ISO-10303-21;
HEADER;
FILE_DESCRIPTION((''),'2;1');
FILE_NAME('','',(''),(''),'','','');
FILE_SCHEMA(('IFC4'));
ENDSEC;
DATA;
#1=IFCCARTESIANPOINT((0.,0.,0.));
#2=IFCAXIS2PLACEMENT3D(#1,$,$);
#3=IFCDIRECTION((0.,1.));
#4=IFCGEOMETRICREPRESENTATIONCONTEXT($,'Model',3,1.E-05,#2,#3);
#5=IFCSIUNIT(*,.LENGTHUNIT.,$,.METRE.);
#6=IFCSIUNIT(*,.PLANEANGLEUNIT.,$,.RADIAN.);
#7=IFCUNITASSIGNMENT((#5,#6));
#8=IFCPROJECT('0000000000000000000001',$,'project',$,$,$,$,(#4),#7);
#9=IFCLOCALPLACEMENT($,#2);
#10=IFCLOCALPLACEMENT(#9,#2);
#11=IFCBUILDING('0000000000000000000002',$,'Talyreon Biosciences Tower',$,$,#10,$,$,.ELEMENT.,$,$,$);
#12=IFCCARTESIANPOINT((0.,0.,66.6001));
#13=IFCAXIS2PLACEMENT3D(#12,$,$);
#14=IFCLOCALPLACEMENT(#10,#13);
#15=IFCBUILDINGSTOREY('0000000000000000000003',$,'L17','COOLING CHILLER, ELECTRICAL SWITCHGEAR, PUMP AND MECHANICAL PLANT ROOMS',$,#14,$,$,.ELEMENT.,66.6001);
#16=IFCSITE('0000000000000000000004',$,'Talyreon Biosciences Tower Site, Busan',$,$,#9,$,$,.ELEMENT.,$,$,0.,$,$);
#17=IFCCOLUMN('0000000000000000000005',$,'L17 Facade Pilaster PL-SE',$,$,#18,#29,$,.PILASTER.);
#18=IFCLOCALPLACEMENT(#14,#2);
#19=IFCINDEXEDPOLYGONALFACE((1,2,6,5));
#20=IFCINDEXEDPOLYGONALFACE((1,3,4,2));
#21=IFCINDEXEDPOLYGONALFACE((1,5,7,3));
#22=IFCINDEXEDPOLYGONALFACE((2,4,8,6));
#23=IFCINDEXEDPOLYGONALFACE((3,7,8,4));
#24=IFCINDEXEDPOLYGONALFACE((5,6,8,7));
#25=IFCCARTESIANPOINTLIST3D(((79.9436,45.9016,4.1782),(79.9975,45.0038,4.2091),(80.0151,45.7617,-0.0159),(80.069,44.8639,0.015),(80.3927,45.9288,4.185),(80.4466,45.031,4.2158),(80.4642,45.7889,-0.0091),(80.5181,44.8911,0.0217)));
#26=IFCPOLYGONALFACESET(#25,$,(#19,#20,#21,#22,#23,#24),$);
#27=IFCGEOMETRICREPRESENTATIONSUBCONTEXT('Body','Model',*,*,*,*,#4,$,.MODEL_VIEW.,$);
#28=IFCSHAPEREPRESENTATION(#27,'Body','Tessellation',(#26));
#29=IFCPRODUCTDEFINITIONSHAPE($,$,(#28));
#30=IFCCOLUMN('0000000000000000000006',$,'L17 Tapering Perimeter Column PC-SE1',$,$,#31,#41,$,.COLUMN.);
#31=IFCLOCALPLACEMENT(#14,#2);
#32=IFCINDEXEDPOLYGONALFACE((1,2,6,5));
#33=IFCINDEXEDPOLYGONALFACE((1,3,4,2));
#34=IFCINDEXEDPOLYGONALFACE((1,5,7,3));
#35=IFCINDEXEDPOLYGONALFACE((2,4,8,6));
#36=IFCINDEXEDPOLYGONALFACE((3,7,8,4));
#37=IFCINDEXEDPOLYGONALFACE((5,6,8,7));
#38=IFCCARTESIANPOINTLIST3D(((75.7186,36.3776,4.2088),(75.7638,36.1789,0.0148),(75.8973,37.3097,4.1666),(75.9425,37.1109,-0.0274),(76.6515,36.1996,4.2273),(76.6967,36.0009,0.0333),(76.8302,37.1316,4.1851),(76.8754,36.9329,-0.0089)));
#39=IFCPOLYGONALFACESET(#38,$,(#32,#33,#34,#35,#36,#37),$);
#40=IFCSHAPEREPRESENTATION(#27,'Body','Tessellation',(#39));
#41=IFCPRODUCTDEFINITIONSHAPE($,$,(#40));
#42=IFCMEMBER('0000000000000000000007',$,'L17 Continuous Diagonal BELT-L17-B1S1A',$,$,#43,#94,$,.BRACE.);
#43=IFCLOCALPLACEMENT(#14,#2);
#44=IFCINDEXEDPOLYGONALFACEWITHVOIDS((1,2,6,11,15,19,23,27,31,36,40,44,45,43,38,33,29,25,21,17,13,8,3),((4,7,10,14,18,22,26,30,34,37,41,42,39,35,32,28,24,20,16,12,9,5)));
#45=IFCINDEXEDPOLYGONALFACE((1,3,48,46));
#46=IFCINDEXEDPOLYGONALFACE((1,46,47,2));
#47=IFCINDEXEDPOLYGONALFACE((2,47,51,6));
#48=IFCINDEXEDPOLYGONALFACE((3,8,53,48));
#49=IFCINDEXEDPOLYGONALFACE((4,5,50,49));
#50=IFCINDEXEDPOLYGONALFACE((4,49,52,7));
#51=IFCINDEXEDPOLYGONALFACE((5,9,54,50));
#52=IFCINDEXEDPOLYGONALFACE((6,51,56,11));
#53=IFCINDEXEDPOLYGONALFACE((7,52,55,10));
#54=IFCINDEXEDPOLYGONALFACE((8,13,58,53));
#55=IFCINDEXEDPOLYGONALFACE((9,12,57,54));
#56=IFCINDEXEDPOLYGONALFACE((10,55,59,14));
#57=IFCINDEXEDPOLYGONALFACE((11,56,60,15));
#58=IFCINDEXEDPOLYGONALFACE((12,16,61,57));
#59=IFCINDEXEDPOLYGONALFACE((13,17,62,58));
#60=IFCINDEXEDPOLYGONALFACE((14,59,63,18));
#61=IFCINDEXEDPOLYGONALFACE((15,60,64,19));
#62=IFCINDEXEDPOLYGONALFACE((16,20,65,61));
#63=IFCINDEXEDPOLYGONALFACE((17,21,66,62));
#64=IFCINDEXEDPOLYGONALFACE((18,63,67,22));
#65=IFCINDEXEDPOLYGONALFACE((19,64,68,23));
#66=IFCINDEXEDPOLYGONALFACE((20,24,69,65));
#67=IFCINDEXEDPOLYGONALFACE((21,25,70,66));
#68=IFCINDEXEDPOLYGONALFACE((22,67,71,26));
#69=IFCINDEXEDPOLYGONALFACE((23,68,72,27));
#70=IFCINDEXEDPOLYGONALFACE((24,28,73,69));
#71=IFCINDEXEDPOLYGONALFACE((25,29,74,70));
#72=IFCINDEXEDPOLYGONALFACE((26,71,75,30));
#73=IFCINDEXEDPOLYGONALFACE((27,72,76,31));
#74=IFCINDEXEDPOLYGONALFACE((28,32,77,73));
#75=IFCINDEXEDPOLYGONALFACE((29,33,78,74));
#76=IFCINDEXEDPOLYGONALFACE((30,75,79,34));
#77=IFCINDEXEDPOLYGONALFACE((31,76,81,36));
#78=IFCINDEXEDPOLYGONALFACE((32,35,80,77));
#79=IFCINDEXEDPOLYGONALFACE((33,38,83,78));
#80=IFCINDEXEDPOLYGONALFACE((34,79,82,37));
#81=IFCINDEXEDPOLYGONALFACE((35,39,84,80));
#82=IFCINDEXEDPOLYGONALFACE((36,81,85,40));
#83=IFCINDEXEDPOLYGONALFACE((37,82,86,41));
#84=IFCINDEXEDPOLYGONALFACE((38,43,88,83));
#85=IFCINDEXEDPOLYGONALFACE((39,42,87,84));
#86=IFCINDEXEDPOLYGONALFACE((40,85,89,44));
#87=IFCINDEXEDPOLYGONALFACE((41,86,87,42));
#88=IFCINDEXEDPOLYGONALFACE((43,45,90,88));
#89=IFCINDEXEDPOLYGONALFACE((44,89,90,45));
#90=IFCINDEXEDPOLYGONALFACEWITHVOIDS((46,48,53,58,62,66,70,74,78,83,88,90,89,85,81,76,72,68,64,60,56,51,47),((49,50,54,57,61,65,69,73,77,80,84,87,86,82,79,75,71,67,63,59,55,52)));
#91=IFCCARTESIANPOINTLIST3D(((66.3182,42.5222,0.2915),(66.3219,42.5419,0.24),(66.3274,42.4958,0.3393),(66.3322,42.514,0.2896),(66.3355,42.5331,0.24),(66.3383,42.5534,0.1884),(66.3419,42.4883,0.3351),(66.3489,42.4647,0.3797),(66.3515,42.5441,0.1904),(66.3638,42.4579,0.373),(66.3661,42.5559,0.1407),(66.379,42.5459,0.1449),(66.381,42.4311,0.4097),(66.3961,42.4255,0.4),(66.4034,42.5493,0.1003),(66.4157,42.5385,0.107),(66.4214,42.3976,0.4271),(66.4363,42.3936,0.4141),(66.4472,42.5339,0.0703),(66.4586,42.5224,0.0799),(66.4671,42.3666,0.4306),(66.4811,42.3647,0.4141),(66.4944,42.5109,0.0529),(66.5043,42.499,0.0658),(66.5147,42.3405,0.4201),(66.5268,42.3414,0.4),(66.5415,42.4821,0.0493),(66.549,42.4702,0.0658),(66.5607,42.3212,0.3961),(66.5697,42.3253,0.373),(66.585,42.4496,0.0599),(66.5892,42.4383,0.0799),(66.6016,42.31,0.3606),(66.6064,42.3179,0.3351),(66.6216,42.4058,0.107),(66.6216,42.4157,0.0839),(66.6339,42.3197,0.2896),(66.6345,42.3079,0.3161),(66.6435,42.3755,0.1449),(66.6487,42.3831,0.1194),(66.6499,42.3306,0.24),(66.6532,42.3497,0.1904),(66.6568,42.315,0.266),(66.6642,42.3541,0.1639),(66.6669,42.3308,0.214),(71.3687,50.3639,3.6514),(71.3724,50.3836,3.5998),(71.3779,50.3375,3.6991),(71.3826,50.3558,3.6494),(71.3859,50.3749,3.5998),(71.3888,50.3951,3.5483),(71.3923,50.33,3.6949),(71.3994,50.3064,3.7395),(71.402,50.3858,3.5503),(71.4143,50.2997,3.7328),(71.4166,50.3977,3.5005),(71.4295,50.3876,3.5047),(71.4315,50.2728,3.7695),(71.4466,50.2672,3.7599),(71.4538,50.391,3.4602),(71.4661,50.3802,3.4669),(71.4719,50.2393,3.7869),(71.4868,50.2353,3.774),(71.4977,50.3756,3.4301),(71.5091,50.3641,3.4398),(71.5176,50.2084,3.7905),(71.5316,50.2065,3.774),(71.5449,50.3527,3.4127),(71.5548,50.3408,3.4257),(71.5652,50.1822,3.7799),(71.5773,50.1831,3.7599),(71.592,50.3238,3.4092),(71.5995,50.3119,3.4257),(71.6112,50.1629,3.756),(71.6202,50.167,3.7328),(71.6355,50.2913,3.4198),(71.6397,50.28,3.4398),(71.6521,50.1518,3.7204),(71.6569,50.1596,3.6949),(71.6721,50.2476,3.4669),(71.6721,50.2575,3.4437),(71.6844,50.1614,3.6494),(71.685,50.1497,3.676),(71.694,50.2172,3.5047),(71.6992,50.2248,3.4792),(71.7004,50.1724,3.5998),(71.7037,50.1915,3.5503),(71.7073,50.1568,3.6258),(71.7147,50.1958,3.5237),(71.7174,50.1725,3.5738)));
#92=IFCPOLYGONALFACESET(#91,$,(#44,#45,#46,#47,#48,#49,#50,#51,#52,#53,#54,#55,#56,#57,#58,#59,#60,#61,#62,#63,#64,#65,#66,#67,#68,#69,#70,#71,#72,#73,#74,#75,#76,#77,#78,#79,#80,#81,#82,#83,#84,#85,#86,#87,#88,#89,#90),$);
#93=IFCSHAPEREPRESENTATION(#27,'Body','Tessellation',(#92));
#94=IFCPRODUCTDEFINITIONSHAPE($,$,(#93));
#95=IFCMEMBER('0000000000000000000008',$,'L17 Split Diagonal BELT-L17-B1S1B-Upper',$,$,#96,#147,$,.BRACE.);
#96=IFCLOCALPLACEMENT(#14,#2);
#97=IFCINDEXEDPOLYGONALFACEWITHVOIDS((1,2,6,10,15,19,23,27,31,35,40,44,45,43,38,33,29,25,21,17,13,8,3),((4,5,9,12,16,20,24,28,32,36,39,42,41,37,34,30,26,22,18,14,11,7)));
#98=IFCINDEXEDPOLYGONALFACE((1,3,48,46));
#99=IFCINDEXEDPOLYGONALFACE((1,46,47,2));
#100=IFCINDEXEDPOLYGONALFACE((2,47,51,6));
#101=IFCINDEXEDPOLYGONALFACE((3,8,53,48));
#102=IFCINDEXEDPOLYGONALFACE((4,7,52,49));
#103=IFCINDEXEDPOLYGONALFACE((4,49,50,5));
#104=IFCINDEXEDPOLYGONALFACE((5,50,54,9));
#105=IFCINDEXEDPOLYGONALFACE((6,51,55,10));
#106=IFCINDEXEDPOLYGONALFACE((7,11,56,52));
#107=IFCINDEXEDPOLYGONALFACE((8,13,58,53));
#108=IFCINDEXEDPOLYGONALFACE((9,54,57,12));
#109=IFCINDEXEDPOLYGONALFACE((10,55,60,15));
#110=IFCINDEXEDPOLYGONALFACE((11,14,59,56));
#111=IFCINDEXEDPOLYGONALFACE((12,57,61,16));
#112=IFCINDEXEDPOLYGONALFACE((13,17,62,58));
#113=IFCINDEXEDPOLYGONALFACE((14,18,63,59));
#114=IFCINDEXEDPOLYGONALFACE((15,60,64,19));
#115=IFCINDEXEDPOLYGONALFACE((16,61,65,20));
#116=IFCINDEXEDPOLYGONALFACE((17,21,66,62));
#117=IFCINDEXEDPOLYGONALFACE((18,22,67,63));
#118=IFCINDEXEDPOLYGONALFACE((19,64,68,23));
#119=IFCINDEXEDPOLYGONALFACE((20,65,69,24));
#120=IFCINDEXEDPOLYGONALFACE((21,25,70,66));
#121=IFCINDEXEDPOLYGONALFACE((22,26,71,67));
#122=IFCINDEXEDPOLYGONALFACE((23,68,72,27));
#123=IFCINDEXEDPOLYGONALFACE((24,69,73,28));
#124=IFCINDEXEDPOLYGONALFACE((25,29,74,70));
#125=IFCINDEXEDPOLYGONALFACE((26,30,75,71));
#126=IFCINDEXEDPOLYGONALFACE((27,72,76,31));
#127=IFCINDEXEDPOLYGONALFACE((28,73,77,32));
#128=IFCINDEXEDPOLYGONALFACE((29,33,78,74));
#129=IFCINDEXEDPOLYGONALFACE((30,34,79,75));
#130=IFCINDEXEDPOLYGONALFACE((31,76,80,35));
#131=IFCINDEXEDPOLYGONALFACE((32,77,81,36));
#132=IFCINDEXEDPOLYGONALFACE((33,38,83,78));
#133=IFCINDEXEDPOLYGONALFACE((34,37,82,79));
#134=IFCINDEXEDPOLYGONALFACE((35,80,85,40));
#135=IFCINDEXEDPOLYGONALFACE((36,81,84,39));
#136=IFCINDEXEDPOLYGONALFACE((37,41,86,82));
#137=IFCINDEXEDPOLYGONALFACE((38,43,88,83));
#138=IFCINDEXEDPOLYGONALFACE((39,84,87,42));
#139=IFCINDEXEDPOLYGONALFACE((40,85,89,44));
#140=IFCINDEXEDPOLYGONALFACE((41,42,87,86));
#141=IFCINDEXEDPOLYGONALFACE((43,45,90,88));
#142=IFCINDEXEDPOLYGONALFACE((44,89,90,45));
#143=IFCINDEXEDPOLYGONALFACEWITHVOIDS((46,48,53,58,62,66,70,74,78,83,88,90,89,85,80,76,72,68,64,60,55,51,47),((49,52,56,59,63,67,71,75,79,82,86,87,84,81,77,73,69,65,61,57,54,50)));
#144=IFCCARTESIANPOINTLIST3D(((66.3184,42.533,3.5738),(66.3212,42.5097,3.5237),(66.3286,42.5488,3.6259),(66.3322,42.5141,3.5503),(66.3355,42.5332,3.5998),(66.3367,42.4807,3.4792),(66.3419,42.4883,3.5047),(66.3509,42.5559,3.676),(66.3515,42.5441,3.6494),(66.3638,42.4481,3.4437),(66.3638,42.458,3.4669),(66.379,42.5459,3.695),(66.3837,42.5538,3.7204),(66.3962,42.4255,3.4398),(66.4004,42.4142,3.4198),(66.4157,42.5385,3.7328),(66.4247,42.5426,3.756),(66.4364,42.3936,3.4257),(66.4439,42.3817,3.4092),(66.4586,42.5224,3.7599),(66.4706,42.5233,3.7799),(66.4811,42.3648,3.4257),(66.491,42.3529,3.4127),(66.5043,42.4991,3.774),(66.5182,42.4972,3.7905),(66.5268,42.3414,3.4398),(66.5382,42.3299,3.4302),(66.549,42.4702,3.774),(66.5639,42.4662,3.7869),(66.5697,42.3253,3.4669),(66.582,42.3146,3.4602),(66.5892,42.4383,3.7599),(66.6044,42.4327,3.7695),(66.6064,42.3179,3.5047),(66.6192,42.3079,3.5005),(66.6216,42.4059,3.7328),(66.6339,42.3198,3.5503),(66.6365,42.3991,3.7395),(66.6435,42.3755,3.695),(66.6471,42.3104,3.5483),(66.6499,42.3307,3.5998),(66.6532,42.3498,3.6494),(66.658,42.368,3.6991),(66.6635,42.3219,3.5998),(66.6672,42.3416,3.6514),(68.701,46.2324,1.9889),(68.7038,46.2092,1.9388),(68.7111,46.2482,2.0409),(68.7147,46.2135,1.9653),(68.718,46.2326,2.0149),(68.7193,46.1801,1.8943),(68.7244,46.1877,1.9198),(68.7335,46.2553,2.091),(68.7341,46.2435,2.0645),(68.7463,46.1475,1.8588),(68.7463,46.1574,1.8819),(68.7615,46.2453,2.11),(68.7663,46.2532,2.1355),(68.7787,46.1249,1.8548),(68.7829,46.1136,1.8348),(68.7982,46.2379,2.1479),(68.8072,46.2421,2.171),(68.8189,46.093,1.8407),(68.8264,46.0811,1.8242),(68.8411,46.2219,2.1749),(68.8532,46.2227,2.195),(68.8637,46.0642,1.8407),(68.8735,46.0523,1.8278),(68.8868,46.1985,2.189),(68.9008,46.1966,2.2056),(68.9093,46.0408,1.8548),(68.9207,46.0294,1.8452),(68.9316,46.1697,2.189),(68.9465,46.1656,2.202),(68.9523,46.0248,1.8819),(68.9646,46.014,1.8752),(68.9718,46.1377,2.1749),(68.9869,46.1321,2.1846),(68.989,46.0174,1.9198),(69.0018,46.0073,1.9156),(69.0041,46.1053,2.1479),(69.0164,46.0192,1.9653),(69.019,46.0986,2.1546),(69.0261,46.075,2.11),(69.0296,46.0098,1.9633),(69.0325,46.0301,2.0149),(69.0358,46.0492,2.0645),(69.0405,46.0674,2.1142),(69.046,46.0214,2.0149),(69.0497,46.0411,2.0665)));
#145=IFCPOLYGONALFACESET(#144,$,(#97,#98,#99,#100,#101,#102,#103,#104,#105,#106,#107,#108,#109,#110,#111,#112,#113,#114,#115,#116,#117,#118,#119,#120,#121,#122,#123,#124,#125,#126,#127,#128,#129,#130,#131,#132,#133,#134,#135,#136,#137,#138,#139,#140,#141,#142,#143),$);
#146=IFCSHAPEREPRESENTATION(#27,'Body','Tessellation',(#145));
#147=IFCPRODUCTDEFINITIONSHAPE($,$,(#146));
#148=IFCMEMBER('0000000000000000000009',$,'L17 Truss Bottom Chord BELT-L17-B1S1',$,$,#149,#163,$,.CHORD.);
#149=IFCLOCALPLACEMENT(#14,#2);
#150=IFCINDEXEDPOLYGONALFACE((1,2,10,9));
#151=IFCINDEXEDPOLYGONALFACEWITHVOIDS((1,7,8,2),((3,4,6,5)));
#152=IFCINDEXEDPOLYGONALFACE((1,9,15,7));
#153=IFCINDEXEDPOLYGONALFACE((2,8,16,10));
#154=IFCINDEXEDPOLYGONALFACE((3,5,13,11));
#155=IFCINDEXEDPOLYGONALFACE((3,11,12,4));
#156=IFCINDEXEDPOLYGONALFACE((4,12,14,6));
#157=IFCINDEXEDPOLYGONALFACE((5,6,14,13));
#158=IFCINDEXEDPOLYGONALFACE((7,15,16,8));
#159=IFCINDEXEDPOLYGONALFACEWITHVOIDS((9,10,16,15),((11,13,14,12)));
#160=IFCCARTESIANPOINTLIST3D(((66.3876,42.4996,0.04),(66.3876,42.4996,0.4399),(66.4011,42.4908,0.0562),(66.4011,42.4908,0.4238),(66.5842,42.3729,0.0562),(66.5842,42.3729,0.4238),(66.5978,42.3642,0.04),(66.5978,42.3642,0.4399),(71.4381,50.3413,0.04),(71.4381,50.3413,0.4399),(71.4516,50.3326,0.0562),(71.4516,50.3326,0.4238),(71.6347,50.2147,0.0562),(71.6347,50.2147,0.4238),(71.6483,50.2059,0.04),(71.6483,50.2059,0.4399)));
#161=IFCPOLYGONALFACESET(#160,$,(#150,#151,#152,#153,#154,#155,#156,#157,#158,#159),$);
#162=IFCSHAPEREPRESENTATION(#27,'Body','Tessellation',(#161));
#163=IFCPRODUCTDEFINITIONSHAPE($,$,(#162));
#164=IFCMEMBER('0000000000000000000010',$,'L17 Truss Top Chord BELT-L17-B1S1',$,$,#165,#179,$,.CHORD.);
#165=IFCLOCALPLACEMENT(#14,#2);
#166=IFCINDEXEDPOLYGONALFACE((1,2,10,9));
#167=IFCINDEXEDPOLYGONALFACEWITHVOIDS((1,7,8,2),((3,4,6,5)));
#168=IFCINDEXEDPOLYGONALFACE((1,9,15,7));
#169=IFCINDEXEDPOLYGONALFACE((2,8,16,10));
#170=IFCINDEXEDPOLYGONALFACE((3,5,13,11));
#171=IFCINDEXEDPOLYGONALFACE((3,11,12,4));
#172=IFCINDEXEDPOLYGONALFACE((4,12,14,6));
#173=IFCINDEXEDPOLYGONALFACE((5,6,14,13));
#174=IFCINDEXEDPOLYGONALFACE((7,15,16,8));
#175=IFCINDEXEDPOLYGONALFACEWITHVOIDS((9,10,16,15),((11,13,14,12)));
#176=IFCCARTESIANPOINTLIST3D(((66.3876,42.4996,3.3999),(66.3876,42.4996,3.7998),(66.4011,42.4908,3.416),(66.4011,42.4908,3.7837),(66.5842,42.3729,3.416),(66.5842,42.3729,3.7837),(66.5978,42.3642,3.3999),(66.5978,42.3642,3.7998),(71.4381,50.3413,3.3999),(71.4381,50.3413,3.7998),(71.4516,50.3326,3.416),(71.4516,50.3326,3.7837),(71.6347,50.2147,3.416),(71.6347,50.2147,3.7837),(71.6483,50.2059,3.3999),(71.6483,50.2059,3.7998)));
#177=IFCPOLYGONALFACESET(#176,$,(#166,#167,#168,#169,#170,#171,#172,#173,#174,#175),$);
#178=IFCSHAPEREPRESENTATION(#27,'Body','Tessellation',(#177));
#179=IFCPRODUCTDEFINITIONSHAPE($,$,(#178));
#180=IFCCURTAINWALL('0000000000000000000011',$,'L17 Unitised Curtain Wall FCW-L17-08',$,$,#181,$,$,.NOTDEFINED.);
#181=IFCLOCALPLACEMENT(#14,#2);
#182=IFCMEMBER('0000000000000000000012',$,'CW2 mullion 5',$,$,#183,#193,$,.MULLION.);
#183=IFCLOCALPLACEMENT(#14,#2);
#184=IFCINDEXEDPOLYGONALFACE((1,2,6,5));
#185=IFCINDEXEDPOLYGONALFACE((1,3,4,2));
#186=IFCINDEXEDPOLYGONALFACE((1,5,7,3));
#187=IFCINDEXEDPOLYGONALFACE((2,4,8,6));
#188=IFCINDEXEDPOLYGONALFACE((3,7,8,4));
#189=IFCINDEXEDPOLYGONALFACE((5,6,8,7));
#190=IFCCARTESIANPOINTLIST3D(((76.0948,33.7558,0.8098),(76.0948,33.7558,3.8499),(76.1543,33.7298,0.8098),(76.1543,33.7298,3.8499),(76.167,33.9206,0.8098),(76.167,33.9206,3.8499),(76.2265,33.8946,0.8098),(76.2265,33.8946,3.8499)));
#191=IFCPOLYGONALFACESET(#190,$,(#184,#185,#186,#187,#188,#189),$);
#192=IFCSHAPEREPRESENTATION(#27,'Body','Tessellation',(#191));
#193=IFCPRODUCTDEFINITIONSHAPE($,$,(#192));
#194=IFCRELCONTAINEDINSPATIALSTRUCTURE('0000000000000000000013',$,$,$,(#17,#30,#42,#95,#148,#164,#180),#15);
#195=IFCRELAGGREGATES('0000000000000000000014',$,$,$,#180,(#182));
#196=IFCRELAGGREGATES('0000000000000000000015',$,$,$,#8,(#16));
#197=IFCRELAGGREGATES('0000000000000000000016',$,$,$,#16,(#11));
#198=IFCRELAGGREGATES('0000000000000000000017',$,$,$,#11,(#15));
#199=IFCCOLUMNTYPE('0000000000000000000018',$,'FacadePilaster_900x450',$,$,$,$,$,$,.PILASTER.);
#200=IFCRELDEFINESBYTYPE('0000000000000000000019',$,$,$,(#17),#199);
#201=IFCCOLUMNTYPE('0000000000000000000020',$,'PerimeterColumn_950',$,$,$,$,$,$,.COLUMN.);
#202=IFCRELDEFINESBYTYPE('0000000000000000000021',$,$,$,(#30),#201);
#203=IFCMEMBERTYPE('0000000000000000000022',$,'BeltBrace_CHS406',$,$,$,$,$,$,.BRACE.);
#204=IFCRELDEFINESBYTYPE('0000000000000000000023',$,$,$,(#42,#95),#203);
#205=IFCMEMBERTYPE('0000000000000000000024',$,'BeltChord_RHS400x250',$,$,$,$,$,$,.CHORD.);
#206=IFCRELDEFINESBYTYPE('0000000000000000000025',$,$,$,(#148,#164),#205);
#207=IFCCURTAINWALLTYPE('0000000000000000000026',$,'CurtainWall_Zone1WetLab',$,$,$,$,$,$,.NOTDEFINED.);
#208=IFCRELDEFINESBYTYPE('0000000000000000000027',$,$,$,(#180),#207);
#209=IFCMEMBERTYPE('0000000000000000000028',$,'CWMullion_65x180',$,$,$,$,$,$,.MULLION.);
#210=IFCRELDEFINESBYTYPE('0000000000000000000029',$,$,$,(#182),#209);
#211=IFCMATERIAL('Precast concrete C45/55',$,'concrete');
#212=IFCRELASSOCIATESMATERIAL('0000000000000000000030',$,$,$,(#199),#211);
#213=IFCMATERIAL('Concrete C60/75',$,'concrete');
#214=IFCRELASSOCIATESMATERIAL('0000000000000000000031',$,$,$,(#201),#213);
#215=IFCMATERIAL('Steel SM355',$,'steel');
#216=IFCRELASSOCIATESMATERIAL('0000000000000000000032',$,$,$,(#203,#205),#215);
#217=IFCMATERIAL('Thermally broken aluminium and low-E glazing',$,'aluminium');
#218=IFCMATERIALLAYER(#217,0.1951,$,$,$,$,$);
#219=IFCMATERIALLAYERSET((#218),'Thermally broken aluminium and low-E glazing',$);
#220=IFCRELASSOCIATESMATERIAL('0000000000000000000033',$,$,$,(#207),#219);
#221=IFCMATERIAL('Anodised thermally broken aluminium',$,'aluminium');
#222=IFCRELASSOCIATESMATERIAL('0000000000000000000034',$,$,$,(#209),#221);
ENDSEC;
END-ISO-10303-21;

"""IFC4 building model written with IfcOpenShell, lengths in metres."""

from ifc_helpers import new_model, si_unit, direction, frame, origin, origin_2d, place, context, subcontext, project, spatial, rectangle, hollow_rectangle, hollow_circle, extrude, material, layer, layer_set, material_profile, profile_set, type_object, element, aggregate, save


model = new_model("IFC4")

# Units and contexts
model_context = context("Model", 3, precision=1e-05, world=origin(), true_north=direction((0.0, 1.0)))
body_context = subcontext(model_context, "Body", "Model", "MODEL_VIEW")
ifc_project = project(units=[si_unit("LENGTHUNIT", "METRE"), si_unit("PLANEANGLEUNIT", "RADIAN")], contexts=[model_context])

# Site, building, storey
site_placement = place(None, origin())
site = spatial("IfcSite", under=ifc_project, at=site_placement, Name="Talyreon Biosciences Tower Site, Busan", CompositionType="ELEMENT", RefElevation=0.0)
building_placement = place(site_placement, origin())
building = spatial("IfcBuilding", under=site, at=building_placement, Name="Talyreon Biosciences Tower", CompositionType="ELEMENT")
storey_placement = place(building_placement, frame((0.0, 0.0, 66.6001)))
storey = spatial("IfcBuildingStorey", under=building, at=storey_placement, Name="L17", Description="COOLING CHILLER, ELECTRICAL SWITCHGEAR, PUMP AND MECHANICAL PLANT ROOMS", CompositionType="ELEMENT", Elevation=66.6001)

# Columns
ifc_material_1 = material(Name="Precast concrete C45/55", Category="concrete")
ifc_material_profile_1 = material_profile(ifc_material_1, rectangle(XDim=0.8999, YDim=0.45, at=origin_2d()), Name="RC 900x450")
ifc_profile_set_1 = profile_set([ifc_material_profile_1], Name="Precast concrete C45/55")
column_type_1 = type_object("IfcColumnType", Name="FacadePilaster_900x450", PredefinedType="PILASTER", material=ifc_profile_set_1)
column_1_placement = place(storey_placement, frame((80.2666, 45.3264, 0.0029), z_axis=(-0.017044, 0.033331, 0.999299), x_axis=(0.059879, -0.997616, 0.034296)))
element("IfcColumn", 1, at=column_1_placement, inside=storey, type_object=column_type_1, Name="L17 Facade Pilaster PL-SE", PredefinedType="PILASTER", context=body_context, shape_type="SweptSolid", body=[
    extrude(rectangle(XDim=0.8999, YDim=0.45, at=origin_2d()), origin(), (0.0, 0.0, 1.0), 4.197),
])
ifc_material_2 = material(Name="Concrete C60/75", Category="concrete")
ifc_material_profile_2 = material_profile(ifc_material_2, rectangle(XDim=0.95, YDim=0.95, at=origin_2d()), Name="RC 950x950")
ifc_profile_set_2 = profile_set([ifc_material_profile_2], Name="Concrete C60/75")
column_type_2 = type_object("IfcColumnType", Name="PerimeterColumn_950", PredefinedType="COLUMN", material=ifc_profile_set_2)
column_2_placement = place(storey_placement, frame((76.3196, 36.5559, 0.0029), z_axis=(-0.010756, 0.047328, 0.998822), x_axis=(-0.188113, -0.98114, 0.044464)))
element("IfcColumn", 2, at=column_2_placement, inside=storey, type_object=column_type_2, Name="L17 Tapering Perimeter Column PC-SE1", PredefinedType="COLUMN", context=body_context, shape_type="SweptSolid", body=[
    extrude(rectangle(XDim=0.95, YDim=0.95, at=origin_2d()), origin(), (0.0, 0.0, 1.0), 4.199),
])

# Members
ifc_material_3 = material(Name="Steel SM355", Category="steel")
ifc_material_profile_3 = material_profile(ifc_material_3, hollow_circle(Radius=0.2031, WallThickness=0.0161, at=origin_2d()), Name="CHS 406.4x16")
ifc_profile_set_3 = profile_set([ifc_material_profile_3], Name="Steel SM355")
member_type_1 = type_object("IfcMemberType", Name="BeltBrace_CHS406", PredefinedType="BRACE", material=ifc_profile_set_3)
member_1_placement = place(storey_placement, frame((66.4927, 42.4319, 0.24), z_axis=(0.509427, 0.79097, 0.338896), x_axis=(-0.840721, 0.541469, 0.0)))
element("IfcMember", 3, at=member_1_placement, inside=storey, type_object=member_type_1, Name="L17 Continuous Diagonal BELT-L17-B1S1A", PredefinedType="BRACE", context=body_context, shape_type="SweptSolid", body=[
    extrude(hollow_circle(Radius=0.2031, WallThickness=0.0161, at=origin_2d()), origin(), (0.0, 0.0, 1.0), 9.9141),
])
member_2_placement = place(storey_placement, frame((68.8752, 46.1313, 2.0149), z_axis=(-0.509417, -0.790983, 0.338881), x_axis=(0.840729, -0.541456, 0.0)))
element("IfcMember", 4, at=member_2_placement, inside=storey, type_object=member_type_1, Name="L17 Split Diagonal BELT-L17-B1S1B-Upper", PredefinedType="BRACE", context=body_context, shape_type="SweptSolid", body=[
    extrude(hollow_circle(Radius=0.2031, WallThickness=0.0161, at=origin_2d()), origin(), (0.0, 0.0, 1.0), 4.677),
])
ifc_material_profile_4 = material_profile(ifc_material_3, hollow_rectangle(XDim=0.25, YDim=0.3999, WallThickness=0.0161, at=origin_2d()), Name="RHS 400x250x16")
ifc_profile_set_4 = profile_set([ifc_material_profile_4], Name="Steel SM355")
member_type_2 = type_object("IfcMemberType", Name="BeltChord_RHS400x250", PredefinedType="CHORD", material=ifc_profile_set_4)
for number, where, z_axis, x_axis, name in (
    (5, (66.4927, 42.4319, 0.24), (0.541469, 0.840721, 0.0), (-0.840721, 0.541469, 0.0), "L17 Truss Bottom Chord BELT-L17-B1S1"),
    (6, (66.4927, 42.4319, 3.5999), (0.541469, 0.840721, 0.0), (-0.840721, 0.541469, 0.0), "L17 Truss Top Chord BELT-L17-B1S1"),
):
    element("IfcMember", number, at=place(storey_placement, frame(where, z_axis=z_axis, x_axis=x_axis)), inside=storey, type_object=member_type_2, Name=name, PredefinedType="CHORD", context=body_context, shape_type="SweptSolid", body=[
        extrude(hollow_rectangle(XDim=0.25, YDim=0.3999, WallThickness=0.0161, at=origin_2d()), origin(), (0.0, 0.0, 1.0), 9.3274),
    ])

# Curtain wall, member
ifc_material_4 = material(Name="Thermally broken aluminium and low-E glazing", Category="aluminium")
ifc_layer_1 = layer(ifc_material_4, 0.1951)
ifc_layer_set_1 = layer_set([ifc_layer_1], Name="Thermally broken aluminium and low-E glazing")
curtain_wall_type = type_object("IfcCurtainWallType", Name="CurtainWall_Zone1WetLab", PredefinedType="NOTDEFINED", material=ifc_layer_set_1)
curtain_wall_placement = place(storey_placement, origin())
curtain_wall = element("IfcCurtainWall", 7, at=curtain_wall_placement, inside=storey, type_object=curtain_wall_type, Name="L17 Unitised Curtain Wall FCW-L17-08", PredefinedType="NOTDEFINED")
ifc_material_5 = material(Name="Anodised thermally broken aluminium", Category="aluminium")
ifc_material_profile_5 = material_profile(ifc_material_5, rectangle(XDim=0.0649, YDim=0.1799, at=origin_2d()), Name="ALUM MULLION 65x180")
ifc_profile_set_5 = profile_set([ifc_material_profile_5], Name="Anodised thermally broken aluminium")
member_type_3 = type_object("IfcMemberType", Name="CWMullion_65x180", PredefinedType="MULLION", material=ifc_profile_set_5)
member_3_placement = place(storey_placement, frame((76.1606, 33.8252, 0.8098), z_axis=(0.0, 0.0, 1.0), x_axis=(0.916152, -0.400831, 0.0)))
member_3 = element("IfcMember", 8, at=member_3_placement, type_object=member_type_3, Name="CW2 mullion 5", PredefinedType="MULLION", context=body_context, shape_type="SweptSolid", body=[
    extrude(rectangle(XDim=0.0649, YDim=0.1799, at=origin_2d()), origin(), (0.0, 0.0, 1.0), 3.04),
])

aggregate(curtain_wall, [member_3])

save(model, "model.ifc")
